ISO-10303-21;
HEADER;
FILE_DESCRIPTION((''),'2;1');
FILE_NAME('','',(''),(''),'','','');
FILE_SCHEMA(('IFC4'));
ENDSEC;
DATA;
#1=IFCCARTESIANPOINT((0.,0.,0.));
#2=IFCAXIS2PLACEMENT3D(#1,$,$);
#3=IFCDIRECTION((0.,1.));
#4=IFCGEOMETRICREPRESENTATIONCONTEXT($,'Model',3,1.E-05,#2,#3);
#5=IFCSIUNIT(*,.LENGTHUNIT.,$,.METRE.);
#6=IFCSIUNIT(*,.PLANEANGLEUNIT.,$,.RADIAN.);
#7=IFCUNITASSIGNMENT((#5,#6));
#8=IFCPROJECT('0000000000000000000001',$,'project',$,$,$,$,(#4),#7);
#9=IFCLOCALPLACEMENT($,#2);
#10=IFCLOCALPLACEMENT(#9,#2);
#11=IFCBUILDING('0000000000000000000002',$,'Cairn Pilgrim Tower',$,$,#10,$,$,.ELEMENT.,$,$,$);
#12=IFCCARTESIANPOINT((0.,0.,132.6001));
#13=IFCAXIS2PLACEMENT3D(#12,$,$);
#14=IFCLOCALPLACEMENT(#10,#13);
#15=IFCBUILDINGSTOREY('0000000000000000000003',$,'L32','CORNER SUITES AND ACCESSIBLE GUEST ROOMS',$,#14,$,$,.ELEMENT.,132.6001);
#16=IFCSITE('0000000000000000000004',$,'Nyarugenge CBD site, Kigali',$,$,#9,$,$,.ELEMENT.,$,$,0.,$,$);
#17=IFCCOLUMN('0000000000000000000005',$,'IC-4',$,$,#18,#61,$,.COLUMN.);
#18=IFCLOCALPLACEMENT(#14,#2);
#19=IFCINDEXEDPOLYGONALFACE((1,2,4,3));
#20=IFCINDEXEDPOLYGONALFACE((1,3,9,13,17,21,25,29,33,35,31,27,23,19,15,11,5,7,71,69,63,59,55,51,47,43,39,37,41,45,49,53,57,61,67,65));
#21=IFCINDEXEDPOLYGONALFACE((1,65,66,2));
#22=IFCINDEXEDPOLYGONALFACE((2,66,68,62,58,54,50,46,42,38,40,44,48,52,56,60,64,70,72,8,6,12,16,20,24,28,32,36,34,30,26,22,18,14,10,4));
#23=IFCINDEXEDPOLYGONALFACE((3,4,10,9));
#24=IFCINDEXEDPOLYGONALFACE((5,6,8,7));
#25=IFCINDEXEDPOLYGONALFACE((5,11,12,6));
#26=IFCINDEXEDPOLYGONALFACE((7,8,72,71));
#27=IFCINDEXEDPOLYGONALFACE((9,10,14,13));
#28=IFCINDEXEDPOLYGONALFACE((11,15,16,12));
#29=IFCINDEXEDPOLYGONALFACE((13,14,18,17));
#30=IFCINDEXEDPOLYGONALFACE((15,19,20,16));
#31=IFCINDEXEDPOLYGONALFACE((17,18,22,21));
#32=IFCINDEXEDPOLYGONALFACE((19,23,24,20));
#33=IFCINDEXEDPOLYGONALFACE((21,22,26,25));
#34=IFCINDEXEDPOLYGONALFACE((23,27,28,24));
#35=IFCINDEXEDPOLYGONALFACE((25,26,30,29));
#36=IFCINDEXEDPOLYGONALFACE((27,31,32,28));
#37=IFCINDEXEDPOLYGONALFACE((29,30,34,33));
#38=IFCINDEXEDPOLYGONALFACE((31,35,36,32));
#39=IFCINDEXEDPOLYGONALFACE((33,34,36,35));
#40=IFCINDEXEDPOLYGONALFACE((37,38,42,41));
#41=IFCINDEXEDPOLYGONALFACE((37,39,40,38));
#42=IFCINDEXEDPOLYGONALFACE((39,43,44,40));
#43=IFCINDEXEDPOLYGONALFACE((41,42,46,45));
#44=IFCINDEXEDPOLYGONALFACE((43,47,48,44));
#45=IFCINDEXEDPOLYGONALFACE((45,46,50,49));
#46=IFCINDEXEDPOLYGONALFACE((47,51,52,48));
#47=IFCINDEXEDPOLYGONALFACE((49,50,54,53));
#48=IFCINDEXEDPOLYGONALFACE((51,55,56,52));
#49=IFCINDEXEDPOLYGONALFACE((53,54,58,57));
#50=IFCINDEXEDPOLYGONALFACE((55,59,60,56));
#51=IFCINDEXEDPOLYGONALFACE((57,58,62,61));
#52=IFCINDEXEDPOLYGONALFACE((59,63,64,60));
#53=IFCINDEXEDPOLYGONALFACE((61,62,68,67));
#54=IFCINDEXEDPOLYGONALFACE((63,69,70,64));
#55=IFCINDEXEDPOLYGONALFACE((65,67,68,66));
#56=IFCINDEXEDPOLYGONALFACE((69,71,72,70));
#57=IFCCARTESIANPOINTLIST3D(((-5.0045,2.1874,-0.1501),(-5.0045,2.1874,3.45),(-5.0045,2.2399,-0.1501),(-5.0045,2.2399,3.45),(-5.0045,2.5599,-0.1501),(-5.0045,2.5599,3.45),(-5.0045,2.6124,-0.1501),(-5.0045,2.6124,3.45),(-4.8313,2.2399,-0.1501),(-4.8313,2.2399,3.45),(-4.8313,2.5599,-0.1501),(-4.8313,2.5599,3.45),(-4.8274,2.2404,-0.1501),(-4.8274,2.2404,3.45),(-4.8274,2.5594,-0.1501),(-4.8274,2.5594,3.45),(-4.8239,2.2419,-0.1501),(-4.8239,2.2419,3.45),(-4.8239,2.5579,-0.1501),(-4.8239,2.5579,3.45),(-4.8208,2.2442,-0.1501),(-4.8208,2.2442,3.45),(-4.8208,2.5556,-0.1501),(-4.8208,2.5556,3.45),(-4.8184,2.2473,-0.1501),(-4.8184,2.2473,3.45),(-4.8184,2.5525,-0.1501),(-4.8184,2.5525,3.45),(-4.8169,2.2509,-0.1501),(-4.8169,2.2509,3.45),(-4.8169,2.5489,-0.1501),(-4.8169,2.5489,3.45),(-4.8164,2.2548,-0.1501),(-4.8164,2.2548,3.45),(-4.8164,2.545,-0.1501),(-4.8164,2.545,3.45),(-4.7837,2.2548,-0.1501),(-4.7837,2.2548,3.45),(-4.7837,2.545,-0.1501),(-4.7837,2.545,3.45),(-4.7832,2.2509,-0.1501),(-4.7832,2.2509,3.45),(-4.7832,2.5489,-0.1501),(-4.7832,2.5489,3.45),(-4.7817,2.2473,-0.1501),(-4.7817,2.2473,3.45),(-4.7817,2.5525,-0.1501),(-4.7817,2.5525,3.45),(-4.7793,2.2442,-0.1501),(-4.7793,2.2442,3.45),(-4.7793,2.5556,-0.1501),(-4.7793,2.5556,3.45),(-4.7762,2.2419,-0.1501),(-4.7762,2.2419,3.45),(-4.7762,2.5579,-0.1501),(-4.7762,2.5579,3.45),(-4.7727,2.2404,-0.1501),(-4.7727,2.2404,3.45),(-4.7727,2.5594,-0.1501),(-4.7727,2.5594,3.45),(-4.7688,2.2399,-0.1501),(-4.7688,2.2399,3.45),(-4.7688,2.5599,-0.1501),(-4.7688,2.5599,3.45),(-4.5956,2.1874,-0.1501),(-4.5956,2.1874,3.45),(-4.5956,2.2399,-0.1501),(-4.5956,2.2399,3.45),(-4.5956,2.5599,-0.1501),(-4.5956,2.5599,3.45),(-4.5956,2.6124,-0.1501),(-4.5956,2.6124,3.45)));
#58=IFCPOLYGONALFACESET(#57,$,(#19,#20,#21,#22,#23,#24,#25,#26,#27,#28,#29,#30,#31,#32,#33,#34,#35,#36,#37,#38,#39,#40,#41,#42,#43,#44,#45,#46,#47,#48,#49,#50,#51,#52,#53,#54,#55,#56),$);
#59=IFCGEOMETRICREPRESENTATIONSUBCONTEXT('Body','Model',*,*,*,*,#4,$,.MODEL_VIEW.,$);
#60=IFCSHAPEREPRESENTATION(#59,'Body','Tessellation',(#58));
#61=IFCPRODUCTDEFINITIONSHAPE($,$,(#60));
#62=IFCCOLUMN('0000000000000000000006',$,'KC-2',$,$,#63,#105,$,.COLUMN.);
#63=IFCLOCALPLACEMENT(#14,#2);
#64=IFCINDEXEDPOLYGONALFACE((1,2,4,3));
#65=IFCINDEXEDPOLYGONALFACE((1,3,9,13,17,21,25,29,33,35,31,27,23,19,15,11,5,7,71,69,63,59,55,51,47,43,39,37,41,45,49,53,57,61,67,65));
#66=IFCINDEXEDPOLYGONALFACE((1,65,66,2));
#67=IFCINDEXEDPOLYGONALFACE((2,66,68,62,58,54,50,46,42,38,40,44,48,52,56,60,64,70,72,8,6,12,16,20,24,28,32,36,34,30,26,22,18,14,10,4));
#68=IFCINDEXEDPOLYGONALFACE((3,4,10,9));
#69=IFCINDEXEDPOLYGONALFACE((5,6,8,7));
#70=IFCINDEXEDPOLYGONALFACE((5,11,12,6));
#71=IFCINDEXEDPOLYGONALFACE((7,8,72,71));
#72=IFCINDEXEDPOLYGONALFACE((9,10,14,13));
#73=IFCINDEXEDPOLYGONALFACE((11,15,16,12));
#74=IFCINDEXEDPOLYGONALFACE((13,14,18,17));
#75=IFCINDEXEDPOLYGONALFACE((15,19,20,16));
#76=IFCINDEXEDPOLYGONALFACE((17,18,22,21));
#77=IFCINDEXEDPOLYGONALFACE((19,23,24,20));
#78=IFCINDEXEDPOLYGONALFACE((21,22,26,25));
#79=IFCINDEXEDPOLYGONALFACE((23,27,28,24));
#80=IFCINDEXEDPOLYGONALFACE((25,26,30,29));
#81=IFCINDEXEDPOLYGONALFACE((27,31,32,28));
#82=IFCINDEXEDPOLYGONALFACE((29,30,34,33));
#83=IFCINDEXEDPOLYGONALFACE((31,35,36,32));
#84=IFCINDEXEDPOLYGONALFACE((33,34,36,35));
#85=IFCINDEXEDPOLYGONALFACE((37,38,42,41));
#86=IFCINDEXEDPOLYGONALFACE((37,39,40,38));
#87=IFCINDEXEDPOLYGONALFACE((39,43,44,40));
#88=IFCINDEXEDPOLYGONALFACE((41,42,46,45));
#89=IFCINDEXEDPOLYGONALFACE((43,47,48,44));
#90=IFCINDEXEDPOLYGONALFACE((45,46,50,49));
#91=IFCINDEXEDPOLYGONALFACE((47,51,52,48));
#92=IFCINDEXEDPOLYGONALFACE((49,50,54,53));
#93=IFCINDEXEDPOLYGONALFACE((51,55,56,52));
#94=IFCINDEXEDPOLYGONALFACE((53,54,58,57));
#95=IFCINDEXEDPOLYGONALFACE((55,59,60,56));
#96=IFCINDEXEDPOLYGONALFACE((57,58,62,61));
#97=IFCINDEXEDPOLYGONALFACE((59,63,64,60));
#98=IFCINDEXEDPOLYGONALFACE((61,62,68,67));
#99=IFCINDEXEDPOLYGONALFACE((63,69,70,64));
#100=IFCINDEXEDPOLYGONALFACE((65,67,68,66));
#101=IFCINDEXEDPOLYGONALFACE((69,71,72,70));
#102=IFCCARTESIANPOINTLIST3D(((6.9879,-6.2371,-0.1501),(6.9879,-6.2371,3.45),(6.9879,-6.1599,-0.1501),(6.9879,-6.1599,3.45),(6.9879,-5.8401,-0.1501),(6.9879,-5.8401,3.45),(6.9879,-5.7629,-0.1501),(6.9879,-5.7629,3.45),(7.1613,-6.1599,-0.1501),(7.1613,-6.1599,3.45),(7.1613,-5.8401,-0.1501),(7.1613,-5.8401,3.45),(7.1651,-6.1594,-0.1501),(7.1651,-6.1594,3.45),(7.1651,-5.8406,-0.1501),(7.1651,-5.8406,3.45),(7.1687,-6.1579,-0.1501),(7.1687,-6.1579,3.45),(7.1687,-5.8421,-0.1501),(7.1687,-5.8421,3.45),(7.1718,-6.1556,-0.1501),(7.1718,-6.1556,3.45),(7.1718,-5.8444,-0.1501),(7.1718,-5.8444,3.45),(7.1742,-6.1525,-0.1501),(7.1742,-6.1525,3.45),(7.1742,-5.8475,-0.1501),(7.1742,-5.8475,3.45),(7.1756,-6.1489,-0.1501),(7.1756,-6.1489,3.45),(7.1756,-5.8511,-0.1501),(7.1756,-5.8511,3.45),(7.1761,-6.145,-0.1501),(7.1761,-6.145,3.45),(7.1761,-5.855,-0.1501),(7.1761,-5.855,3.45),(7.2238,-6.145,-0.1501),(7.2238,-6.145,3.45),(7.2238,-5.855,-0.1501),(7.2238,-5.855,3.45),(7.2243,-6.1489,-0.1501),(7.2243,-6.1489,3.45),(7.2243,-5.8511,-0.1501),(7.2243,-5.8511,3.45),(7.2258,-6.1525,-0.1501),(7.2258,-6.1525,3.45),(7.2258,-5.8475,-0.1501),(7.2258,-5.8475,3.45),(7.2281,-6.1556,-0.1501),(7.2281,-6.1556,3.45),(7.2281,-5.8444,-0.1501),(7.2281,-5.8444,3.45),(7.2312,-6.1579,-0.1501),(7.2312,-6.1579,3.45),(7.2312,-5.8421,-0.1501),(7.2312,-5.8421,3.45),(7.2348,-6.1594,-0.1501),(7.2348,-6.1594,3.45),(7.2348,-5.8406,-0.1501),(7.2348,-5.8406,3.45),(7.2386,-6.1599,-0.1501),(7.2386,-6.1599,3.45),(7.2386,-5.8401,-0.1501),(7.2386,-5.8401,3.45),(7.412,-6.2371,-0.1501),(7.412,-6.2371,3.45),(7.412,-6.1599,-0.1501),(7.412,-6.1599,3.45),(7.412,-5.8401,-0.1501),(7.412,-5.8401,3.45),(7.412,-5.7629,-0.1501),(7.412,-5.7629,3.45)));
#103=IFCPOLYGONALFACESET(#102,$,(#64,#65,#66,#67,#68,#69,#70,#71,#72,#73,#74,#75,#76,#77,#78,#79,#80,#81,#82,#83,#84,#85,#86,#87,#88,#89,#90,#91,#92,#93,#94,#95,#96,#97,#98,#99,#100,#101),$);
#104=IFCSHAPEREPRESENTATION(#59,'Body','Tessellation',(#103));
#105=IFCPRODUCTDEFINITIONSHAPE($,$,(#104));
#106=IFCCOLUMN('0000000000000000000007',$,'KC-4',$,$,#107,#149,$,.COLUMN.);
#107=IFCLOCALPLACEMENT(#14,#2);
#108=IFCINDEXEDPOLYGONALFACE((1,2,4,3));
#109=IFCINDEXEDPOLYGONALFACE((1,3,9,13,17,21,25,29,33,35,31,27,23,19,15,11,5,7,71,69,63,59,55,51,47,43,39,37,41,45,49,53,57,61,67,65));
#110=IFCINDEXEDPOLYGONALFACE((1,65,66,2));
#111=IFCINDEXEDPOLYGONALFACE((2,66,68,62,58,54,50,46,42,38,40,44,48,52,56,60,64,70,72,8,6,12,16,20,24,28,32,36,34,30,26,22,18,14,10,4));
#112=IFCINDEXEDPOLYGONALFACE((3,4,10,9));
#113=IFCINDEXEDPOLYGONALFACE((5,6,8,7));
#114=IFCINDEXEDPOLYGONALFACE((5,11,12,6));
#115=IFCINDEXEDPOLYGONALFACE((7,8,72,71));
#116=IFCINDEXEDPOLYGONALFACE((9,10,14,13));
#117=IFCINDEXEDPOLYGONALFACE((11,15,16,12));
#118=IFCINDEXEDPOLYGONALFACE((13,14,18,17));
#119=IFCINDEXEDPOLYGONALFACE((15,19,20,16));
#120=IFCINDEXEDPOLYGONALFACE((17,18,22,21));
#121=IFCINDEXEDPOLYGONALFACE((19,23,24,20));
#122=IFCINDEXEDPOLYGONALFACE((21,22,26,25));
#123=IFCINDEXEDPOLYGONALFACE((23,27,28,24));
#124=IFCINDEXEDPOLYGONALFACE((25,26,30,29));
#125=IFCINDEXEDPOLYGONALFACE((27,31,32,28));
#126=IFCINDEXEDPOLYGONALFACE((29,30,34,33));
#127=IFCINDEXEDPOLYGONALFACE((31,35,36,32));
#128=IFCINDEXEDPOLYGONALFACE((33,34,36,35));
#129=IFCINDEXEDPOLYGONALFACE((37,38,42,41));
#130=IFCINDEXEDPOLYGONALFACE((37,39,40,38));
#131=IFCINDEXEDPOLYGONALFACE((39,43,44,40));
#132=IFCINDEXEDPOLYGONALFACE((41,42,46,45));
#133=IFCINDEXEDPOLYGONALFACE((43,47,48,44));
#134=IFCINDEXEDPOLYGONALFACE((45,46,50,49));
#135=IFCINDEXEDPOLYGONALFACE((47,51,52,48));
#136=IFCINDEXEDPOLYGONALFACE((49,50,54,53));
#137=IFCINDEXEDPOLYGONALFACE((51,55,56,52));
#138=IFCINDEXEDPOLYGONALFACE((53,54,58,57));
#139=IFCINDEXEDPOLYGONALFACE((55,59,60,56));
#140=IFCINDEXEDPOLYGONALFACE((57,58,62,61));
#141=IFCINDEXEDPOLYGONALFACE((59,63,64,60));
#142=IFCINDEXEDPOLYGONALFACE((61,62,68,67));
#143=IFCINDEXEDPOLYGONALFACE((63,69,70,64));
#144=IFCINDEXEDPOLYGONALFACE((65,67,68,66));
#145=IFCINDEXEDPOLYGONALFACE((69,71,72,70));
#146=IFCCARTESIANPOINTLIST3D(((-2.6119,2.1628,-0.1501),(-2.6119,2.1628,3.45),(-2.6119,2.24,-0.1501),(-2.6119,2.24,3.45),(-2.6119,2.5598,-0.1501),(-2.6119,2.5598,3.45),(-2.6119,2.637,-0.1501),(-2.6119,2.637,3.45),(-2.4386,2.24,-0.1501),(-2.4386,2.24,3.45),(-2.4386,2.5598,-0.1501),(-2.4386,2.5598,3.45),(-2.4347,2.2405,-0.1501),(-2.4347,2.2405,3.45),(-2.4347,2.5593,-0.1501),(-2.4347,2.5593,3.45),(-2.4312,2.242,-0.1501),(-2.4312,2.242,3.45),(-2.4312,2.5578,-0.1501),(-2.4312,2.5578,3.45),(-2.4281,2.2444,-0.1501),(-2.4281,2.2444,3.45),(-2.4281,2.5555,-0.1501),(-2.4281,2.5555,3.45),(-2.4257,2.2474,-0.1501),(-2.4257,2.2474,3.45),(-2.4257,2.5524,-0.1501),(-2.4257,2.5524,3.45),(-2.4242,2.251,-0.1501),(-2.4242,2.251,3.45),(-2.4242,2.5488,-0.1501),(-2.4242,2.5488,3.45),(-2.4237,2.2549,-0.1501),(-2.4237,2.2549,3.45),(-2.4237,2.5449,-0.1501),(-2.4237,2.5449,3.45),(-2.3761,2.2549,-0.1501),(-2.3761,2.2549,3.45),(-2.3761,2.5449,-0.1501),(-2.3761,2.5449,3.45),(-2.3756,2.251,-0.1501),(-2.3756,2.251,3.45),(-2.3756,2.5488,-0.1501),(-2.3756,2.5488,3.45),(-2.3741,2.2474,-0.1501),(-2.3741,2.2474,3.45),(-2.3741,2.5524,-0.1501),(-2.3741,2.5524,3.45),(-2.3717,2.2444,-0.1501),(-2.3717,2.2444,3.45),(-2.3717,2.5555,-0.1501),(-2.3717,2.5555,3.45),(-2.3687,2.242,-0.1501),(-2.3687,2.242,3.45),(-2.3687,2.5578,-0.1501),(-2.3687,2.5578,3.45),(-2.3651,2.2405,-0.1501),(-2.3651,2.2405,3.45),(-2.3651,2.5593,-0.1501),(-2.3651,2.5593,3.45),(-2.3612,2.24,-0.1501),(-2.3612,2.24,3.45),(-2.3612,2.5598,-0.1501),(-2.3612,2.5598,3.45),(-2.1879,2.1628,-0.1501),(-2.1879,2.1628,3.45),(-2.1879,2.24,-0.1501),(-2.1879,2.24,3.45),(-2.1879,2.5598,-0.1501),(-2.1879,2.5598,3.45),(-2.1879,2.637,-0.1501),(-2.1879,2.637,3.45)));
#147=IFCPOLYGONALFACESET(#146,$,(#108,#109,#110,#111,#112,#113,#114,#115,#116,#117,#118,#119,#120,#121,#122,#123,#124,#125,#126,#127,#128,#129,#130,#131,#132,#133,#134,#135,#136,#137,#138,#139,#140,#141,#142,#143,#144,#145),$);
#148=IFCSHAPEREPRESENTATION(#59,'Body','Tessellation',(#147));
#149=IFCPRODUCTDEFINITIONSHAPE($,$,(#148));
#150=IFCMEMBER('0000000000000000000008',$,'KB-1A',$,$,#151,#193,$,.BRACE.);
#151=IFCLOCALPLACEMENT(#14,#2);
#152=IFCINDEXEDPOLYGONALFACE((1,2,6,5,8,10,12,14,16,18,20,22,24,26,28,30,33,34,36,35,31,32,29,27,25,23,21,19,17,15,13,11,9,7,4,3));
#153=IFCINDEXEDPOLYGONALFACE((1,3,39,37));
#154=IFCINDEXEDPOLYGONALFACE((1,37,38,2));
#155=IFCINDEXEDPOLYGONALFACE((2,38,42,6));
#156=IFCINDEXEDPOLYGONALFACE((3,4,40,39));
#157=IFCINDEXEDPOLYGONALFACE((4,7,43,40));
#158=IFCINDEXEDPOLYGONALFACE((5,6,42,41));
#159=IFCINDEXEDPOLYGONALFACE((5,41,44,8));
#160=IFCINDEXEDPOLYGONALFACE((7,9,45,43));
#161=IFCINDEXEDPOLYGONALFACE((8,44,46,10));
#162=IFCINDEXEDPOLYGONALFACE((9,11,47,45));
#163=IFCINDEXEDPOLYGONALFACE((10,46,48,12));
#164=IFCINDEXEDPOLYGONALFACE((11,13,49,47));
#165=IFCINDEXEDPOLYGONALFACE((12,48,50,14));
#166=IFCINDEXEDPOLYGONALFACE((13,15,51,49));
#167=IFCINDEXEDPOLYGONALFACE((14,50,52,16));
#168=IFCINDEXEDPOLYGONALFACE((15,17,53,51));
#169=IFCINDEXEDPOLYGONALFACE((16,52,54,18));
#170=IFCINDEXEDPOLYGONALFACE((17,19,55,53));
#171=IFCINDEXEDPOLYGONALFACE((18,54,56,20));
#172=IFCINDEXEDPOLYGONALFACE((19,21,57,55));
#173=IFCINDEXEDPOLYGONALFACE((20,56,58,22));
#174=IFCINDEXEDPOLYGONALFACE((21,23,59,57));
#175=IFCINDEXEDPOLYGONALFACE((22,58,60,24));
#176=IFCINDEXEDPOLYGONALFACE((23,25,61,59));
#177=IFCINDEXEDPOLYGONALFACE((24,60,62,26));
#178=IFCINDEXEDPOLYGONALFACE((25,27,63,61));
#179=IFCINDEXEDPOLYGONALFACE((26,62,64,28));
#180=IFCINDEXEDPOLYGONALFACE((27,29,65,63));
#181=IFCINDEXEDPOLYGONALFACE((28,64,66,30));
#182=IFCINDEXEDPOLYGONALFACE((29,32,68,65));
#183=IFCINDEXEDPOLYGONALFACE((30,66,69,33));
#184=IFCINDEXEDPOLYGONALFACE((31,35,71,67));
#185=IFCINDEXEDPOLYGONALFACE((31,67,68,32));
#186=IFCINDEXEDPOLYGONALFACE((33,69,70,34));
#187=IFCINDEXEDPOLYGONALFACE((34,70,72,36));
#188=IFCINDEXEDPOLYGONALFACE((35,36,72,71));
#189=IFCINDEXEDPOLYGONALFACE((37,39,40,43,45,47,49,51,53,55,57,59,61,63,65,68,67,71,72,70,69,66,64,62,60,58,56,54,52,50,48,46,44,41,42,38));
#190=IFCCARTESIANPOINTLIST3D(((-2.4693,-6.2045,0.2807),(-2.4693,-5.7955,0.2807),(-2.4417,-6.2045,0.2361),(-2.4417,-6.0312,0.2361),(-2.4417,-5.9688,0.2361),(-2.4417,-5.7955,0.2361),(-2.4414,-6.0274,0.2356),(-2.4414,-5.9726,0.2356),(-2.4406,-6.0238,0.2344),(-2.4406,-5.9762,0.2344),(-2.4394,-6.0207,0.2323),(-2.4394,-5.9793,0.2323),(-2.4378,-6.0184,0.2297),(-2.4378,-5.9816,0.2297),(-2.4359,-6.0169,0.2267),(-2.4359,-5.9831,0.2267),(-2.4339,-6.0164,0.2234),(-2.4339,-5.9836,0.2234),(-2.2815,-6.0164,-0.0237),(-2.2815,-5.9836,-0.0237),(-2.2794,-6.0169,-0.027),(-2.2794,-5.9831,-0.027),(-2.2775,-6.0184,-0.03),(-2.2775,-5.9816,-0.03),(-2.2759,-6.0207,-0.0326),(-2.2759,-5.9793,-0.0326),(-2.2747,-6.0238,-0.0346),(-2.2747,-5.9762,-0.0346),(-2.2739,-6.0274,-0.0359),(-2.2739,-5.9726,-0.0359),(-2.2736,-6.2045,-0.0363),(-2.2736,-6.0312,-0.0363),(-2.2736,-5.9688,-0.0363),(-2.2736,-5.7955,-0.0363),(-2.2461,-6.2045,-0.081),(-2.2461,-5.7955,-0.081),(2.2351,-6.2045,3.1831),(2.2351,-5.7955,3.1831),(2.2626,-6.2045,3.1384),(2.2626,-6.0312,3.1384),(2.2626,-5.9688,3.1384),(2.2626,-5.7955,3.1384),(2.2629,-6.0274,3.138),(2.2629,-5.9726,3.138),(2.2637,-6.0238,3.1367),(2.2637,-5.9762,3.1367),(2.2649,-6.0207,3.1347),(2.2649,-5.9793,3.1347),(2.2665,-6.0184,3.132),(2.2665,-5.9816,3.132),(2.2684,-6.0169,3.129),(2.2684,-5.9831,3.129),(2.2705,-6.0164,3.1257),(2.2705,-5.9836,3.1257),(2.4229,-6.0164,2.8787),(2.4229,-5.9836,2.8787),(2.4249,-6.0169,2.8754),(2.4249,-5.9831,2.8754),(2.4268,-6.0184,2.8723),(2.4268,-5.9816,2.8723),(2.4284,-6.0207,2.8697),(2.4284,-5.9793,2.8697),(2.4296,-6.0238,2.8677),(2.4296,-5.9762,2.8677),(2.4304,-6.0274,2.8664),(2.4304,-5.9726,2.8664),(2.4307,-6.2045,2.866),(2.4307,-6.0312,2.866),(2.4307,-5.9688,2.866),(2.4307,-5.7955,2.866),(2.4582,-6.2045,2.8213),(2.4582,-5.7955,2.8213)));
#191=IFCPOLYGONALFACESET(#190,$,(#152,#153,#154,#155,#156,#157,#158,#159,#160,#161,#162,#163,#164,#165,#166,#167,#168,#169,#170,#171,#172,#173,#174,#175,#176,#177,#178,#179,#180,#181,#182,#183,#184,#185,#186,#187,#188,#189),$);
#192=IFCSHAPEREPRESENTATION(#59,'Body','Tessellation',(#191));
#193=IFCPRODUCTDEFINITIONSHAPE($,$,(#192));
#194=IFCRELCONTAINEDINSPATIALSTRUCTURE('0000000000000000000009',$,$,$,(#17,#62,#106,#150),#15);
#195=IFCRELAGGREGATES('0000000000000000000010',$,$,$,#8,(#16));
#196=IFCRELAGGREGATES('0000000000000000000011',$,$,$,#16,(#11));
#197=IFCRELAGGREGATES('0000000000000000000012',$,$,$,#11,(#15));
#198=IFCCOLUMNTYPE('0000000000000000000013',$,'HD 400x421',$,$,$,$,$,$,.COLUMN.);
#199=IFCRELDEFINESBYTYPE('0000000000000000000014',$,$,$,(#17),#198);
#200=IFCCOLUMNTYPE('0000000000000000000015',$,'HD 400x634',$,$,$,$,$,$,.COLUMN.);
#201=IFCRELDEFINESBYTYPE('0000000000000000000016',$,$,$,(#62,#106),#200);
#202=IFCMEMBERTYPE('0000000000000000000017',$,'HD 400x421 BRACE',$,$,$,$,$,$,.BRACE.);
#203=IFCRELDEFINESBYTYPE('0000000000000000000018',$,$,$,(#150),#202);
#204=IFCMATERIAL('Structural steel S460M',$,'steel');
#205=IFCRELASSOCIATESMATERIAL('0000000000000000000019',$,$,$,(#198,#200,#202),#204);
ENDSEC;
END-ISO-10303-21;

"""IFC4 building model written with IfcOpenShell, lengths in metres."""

from ifc_helpers import new_model, si_unit, direction, frame, origin, origin_2d, place, context, subcontext, project, spatial, i_section, extrude, material, material_profile, profile_set, type_object, element, save


model = new_model("IFC4")

# Units and contexts
model_context = context("Model", 3, precision=1e-05, world=origin(), true_north=direction((0.0, 1.0)))
body_context = subcontext(model_context, "Body", "Model", "MODEL_VIEW")
ifc_project = project(units=[si_unit("LENGTHUNIT", "METRE"), si_unit("PLANEANGLEUNIT", "RADIAN")], contexts=[model_context])

# Site, building, storey
site_placement = place(None, origin())
site = spatial("IfcSite", under=ifc_project, at=site_placement, Name="Nyarugenge CBD site, Kigali", CompositionType="ELEMENT", RefElevation=0.0)
building_placement = place(site_placement, origin())
building = spatial("IfcBuilding", under=site, at=building_placement, Name="Cairn Pilgrim Tower", CompositionType="ELEMENT")
storey_placement = place(building_placement, frame((0.0, 0.0, 132.6001)))
storey = spatial("IfcBuildingStorey", under=building, at=storey_placement, Name="L32", Description="CORNER SUITES AND ACCESSIBLE GUEST ROOMS", CompositionType="ELEMENT", Elevation=132.6001)

# Columns
ifc_material_1 = material(Name="Structural steel S460M", Category="steel")
ifc_material_profile_1 = material_profile(ifc_material_1, i_section(OverallWidth=0.4089, OverallDepth=0.425, WebThickness=0.0327, FlangeThickness=0.0525, FilletRadius=0.0149, at=origin_2d()), Name="HD 400x421")
ifc_profile_set_1 = profile_set([ifc_material_profile_1], Name="Structural steel S460M")
column_type_1 = type_object("IfcColumnType", Name="HD 400x421", PredefinedType="COLUMN", material=ifc_profile_set_1)
column_placement = place(storey_placement, frame((-4.8, 2.3999, -0.1501), z_axis=(0.0, 0.0, 1.0), x_axis=(1.0, 0.0, 0.0)))
element("IfcColumn", 1, at=column_placement, inside=storey, type_object=column_type_1, Name="IC-4", PredefinedType="COLUMN", context=body_context, shape_type="SweptSolid", body=[
    extrude(i_section(OverallWidth=0.4089, OverallDepth=0.425, WebThickness=0.0327, FlangeThickness=0.0525, FilletRadius=0.0149, at=origin_2d()), origin(), (0.0, 0.0, 1.0), 3.6001),
])
ifc_material_profile_2 = material_profile(ifc_material_1, i_section(OverallWidth=0.4241, OverallDepth=0.4741, WebThickness=0.0476, FlangeThickness=0.0771, FilletRadius=0.0149, at=origin_2d()), Name="HD 400x634")
ifc_profile_set_2 = profile_set([ifc_material_profile_2], Name="Structural steel S460M")
column_type_2 = type_object("IfcColumnType", Name="HD 400x634", PredefinedType="COLUMN", material=ifc_profile_set_2)
for number, where, z_axis, x_axis, name in (
    (2, (7.2, -6.0, -0.1501), (0.0, 0.0, 1.0), (1.0, 0.0, 0.0), "KC-2"),
    (3, (-2.3999, 2.3999, -0.1501), (0.0, 0.0, 1.0), (1.0, 0.0, 0.0), "KC-4"),
):
    element("IfcColumn", number, at=place(storey_placement, frame(where, z_axis=z_axis, x_axis=x_axis)), inside=storey, type_object=column_type_2, Name=name, PredefinedType="COLUMN", context=body_context, shape_type="SweptSolid", body=[
        extrude(i_section(OverallWidth=0.4241, OverallDepth=0.4741, WebThickness=0.0476, FlangeThickness=0.0771, FilletRadius=0.0149, at=origin_2d()), origin(), (0.0, 0.0, 1.0), 3.6001),
    ])

# Member
ifc_material_profile_3 = material_profile(ifc_material_1, i_section(OverallWidth=0.4089, OverallDepth=0.425, WebThickness=0.0327, FlangeThickness=0.0525, FilletRadius=0.0149, at=origin_2d()), Name="HD 400x421")
ifc_profile_set_3 = profile_set([ifc_material_profile_3], Name="Structural steel S460M")
member_type = type_object("IfcMemberType", Name="HD 400x421 BRACE", PredefinedType="BRACE", material=ifc_profile_set_3)
member_1_placement = place(storey_placement, frame((-2.3577, -6.0, 0.0999), z_axis=(0.851063, 0.0, 0.525063), x_axis=(0.0, 1.0, 0.0)))
element("IfcMember", 4, at=member_1_placement, inside=storey, type_object=member_type, Name="KB-1A", PredefinedType="BRACE", context=body_context, shape_type="SweptSolid", body=[
    extrude(i_section(OverallWidth=0.4089, OverallDepth=0.425, WebThickness=0.0327, FlangeThickness=0.0525, FilletRadius=0.0149, at=origin_2d()), origin(), (0.0, 0.0, 1.0), 5.5276),
])

save(model, "model.ifc")
